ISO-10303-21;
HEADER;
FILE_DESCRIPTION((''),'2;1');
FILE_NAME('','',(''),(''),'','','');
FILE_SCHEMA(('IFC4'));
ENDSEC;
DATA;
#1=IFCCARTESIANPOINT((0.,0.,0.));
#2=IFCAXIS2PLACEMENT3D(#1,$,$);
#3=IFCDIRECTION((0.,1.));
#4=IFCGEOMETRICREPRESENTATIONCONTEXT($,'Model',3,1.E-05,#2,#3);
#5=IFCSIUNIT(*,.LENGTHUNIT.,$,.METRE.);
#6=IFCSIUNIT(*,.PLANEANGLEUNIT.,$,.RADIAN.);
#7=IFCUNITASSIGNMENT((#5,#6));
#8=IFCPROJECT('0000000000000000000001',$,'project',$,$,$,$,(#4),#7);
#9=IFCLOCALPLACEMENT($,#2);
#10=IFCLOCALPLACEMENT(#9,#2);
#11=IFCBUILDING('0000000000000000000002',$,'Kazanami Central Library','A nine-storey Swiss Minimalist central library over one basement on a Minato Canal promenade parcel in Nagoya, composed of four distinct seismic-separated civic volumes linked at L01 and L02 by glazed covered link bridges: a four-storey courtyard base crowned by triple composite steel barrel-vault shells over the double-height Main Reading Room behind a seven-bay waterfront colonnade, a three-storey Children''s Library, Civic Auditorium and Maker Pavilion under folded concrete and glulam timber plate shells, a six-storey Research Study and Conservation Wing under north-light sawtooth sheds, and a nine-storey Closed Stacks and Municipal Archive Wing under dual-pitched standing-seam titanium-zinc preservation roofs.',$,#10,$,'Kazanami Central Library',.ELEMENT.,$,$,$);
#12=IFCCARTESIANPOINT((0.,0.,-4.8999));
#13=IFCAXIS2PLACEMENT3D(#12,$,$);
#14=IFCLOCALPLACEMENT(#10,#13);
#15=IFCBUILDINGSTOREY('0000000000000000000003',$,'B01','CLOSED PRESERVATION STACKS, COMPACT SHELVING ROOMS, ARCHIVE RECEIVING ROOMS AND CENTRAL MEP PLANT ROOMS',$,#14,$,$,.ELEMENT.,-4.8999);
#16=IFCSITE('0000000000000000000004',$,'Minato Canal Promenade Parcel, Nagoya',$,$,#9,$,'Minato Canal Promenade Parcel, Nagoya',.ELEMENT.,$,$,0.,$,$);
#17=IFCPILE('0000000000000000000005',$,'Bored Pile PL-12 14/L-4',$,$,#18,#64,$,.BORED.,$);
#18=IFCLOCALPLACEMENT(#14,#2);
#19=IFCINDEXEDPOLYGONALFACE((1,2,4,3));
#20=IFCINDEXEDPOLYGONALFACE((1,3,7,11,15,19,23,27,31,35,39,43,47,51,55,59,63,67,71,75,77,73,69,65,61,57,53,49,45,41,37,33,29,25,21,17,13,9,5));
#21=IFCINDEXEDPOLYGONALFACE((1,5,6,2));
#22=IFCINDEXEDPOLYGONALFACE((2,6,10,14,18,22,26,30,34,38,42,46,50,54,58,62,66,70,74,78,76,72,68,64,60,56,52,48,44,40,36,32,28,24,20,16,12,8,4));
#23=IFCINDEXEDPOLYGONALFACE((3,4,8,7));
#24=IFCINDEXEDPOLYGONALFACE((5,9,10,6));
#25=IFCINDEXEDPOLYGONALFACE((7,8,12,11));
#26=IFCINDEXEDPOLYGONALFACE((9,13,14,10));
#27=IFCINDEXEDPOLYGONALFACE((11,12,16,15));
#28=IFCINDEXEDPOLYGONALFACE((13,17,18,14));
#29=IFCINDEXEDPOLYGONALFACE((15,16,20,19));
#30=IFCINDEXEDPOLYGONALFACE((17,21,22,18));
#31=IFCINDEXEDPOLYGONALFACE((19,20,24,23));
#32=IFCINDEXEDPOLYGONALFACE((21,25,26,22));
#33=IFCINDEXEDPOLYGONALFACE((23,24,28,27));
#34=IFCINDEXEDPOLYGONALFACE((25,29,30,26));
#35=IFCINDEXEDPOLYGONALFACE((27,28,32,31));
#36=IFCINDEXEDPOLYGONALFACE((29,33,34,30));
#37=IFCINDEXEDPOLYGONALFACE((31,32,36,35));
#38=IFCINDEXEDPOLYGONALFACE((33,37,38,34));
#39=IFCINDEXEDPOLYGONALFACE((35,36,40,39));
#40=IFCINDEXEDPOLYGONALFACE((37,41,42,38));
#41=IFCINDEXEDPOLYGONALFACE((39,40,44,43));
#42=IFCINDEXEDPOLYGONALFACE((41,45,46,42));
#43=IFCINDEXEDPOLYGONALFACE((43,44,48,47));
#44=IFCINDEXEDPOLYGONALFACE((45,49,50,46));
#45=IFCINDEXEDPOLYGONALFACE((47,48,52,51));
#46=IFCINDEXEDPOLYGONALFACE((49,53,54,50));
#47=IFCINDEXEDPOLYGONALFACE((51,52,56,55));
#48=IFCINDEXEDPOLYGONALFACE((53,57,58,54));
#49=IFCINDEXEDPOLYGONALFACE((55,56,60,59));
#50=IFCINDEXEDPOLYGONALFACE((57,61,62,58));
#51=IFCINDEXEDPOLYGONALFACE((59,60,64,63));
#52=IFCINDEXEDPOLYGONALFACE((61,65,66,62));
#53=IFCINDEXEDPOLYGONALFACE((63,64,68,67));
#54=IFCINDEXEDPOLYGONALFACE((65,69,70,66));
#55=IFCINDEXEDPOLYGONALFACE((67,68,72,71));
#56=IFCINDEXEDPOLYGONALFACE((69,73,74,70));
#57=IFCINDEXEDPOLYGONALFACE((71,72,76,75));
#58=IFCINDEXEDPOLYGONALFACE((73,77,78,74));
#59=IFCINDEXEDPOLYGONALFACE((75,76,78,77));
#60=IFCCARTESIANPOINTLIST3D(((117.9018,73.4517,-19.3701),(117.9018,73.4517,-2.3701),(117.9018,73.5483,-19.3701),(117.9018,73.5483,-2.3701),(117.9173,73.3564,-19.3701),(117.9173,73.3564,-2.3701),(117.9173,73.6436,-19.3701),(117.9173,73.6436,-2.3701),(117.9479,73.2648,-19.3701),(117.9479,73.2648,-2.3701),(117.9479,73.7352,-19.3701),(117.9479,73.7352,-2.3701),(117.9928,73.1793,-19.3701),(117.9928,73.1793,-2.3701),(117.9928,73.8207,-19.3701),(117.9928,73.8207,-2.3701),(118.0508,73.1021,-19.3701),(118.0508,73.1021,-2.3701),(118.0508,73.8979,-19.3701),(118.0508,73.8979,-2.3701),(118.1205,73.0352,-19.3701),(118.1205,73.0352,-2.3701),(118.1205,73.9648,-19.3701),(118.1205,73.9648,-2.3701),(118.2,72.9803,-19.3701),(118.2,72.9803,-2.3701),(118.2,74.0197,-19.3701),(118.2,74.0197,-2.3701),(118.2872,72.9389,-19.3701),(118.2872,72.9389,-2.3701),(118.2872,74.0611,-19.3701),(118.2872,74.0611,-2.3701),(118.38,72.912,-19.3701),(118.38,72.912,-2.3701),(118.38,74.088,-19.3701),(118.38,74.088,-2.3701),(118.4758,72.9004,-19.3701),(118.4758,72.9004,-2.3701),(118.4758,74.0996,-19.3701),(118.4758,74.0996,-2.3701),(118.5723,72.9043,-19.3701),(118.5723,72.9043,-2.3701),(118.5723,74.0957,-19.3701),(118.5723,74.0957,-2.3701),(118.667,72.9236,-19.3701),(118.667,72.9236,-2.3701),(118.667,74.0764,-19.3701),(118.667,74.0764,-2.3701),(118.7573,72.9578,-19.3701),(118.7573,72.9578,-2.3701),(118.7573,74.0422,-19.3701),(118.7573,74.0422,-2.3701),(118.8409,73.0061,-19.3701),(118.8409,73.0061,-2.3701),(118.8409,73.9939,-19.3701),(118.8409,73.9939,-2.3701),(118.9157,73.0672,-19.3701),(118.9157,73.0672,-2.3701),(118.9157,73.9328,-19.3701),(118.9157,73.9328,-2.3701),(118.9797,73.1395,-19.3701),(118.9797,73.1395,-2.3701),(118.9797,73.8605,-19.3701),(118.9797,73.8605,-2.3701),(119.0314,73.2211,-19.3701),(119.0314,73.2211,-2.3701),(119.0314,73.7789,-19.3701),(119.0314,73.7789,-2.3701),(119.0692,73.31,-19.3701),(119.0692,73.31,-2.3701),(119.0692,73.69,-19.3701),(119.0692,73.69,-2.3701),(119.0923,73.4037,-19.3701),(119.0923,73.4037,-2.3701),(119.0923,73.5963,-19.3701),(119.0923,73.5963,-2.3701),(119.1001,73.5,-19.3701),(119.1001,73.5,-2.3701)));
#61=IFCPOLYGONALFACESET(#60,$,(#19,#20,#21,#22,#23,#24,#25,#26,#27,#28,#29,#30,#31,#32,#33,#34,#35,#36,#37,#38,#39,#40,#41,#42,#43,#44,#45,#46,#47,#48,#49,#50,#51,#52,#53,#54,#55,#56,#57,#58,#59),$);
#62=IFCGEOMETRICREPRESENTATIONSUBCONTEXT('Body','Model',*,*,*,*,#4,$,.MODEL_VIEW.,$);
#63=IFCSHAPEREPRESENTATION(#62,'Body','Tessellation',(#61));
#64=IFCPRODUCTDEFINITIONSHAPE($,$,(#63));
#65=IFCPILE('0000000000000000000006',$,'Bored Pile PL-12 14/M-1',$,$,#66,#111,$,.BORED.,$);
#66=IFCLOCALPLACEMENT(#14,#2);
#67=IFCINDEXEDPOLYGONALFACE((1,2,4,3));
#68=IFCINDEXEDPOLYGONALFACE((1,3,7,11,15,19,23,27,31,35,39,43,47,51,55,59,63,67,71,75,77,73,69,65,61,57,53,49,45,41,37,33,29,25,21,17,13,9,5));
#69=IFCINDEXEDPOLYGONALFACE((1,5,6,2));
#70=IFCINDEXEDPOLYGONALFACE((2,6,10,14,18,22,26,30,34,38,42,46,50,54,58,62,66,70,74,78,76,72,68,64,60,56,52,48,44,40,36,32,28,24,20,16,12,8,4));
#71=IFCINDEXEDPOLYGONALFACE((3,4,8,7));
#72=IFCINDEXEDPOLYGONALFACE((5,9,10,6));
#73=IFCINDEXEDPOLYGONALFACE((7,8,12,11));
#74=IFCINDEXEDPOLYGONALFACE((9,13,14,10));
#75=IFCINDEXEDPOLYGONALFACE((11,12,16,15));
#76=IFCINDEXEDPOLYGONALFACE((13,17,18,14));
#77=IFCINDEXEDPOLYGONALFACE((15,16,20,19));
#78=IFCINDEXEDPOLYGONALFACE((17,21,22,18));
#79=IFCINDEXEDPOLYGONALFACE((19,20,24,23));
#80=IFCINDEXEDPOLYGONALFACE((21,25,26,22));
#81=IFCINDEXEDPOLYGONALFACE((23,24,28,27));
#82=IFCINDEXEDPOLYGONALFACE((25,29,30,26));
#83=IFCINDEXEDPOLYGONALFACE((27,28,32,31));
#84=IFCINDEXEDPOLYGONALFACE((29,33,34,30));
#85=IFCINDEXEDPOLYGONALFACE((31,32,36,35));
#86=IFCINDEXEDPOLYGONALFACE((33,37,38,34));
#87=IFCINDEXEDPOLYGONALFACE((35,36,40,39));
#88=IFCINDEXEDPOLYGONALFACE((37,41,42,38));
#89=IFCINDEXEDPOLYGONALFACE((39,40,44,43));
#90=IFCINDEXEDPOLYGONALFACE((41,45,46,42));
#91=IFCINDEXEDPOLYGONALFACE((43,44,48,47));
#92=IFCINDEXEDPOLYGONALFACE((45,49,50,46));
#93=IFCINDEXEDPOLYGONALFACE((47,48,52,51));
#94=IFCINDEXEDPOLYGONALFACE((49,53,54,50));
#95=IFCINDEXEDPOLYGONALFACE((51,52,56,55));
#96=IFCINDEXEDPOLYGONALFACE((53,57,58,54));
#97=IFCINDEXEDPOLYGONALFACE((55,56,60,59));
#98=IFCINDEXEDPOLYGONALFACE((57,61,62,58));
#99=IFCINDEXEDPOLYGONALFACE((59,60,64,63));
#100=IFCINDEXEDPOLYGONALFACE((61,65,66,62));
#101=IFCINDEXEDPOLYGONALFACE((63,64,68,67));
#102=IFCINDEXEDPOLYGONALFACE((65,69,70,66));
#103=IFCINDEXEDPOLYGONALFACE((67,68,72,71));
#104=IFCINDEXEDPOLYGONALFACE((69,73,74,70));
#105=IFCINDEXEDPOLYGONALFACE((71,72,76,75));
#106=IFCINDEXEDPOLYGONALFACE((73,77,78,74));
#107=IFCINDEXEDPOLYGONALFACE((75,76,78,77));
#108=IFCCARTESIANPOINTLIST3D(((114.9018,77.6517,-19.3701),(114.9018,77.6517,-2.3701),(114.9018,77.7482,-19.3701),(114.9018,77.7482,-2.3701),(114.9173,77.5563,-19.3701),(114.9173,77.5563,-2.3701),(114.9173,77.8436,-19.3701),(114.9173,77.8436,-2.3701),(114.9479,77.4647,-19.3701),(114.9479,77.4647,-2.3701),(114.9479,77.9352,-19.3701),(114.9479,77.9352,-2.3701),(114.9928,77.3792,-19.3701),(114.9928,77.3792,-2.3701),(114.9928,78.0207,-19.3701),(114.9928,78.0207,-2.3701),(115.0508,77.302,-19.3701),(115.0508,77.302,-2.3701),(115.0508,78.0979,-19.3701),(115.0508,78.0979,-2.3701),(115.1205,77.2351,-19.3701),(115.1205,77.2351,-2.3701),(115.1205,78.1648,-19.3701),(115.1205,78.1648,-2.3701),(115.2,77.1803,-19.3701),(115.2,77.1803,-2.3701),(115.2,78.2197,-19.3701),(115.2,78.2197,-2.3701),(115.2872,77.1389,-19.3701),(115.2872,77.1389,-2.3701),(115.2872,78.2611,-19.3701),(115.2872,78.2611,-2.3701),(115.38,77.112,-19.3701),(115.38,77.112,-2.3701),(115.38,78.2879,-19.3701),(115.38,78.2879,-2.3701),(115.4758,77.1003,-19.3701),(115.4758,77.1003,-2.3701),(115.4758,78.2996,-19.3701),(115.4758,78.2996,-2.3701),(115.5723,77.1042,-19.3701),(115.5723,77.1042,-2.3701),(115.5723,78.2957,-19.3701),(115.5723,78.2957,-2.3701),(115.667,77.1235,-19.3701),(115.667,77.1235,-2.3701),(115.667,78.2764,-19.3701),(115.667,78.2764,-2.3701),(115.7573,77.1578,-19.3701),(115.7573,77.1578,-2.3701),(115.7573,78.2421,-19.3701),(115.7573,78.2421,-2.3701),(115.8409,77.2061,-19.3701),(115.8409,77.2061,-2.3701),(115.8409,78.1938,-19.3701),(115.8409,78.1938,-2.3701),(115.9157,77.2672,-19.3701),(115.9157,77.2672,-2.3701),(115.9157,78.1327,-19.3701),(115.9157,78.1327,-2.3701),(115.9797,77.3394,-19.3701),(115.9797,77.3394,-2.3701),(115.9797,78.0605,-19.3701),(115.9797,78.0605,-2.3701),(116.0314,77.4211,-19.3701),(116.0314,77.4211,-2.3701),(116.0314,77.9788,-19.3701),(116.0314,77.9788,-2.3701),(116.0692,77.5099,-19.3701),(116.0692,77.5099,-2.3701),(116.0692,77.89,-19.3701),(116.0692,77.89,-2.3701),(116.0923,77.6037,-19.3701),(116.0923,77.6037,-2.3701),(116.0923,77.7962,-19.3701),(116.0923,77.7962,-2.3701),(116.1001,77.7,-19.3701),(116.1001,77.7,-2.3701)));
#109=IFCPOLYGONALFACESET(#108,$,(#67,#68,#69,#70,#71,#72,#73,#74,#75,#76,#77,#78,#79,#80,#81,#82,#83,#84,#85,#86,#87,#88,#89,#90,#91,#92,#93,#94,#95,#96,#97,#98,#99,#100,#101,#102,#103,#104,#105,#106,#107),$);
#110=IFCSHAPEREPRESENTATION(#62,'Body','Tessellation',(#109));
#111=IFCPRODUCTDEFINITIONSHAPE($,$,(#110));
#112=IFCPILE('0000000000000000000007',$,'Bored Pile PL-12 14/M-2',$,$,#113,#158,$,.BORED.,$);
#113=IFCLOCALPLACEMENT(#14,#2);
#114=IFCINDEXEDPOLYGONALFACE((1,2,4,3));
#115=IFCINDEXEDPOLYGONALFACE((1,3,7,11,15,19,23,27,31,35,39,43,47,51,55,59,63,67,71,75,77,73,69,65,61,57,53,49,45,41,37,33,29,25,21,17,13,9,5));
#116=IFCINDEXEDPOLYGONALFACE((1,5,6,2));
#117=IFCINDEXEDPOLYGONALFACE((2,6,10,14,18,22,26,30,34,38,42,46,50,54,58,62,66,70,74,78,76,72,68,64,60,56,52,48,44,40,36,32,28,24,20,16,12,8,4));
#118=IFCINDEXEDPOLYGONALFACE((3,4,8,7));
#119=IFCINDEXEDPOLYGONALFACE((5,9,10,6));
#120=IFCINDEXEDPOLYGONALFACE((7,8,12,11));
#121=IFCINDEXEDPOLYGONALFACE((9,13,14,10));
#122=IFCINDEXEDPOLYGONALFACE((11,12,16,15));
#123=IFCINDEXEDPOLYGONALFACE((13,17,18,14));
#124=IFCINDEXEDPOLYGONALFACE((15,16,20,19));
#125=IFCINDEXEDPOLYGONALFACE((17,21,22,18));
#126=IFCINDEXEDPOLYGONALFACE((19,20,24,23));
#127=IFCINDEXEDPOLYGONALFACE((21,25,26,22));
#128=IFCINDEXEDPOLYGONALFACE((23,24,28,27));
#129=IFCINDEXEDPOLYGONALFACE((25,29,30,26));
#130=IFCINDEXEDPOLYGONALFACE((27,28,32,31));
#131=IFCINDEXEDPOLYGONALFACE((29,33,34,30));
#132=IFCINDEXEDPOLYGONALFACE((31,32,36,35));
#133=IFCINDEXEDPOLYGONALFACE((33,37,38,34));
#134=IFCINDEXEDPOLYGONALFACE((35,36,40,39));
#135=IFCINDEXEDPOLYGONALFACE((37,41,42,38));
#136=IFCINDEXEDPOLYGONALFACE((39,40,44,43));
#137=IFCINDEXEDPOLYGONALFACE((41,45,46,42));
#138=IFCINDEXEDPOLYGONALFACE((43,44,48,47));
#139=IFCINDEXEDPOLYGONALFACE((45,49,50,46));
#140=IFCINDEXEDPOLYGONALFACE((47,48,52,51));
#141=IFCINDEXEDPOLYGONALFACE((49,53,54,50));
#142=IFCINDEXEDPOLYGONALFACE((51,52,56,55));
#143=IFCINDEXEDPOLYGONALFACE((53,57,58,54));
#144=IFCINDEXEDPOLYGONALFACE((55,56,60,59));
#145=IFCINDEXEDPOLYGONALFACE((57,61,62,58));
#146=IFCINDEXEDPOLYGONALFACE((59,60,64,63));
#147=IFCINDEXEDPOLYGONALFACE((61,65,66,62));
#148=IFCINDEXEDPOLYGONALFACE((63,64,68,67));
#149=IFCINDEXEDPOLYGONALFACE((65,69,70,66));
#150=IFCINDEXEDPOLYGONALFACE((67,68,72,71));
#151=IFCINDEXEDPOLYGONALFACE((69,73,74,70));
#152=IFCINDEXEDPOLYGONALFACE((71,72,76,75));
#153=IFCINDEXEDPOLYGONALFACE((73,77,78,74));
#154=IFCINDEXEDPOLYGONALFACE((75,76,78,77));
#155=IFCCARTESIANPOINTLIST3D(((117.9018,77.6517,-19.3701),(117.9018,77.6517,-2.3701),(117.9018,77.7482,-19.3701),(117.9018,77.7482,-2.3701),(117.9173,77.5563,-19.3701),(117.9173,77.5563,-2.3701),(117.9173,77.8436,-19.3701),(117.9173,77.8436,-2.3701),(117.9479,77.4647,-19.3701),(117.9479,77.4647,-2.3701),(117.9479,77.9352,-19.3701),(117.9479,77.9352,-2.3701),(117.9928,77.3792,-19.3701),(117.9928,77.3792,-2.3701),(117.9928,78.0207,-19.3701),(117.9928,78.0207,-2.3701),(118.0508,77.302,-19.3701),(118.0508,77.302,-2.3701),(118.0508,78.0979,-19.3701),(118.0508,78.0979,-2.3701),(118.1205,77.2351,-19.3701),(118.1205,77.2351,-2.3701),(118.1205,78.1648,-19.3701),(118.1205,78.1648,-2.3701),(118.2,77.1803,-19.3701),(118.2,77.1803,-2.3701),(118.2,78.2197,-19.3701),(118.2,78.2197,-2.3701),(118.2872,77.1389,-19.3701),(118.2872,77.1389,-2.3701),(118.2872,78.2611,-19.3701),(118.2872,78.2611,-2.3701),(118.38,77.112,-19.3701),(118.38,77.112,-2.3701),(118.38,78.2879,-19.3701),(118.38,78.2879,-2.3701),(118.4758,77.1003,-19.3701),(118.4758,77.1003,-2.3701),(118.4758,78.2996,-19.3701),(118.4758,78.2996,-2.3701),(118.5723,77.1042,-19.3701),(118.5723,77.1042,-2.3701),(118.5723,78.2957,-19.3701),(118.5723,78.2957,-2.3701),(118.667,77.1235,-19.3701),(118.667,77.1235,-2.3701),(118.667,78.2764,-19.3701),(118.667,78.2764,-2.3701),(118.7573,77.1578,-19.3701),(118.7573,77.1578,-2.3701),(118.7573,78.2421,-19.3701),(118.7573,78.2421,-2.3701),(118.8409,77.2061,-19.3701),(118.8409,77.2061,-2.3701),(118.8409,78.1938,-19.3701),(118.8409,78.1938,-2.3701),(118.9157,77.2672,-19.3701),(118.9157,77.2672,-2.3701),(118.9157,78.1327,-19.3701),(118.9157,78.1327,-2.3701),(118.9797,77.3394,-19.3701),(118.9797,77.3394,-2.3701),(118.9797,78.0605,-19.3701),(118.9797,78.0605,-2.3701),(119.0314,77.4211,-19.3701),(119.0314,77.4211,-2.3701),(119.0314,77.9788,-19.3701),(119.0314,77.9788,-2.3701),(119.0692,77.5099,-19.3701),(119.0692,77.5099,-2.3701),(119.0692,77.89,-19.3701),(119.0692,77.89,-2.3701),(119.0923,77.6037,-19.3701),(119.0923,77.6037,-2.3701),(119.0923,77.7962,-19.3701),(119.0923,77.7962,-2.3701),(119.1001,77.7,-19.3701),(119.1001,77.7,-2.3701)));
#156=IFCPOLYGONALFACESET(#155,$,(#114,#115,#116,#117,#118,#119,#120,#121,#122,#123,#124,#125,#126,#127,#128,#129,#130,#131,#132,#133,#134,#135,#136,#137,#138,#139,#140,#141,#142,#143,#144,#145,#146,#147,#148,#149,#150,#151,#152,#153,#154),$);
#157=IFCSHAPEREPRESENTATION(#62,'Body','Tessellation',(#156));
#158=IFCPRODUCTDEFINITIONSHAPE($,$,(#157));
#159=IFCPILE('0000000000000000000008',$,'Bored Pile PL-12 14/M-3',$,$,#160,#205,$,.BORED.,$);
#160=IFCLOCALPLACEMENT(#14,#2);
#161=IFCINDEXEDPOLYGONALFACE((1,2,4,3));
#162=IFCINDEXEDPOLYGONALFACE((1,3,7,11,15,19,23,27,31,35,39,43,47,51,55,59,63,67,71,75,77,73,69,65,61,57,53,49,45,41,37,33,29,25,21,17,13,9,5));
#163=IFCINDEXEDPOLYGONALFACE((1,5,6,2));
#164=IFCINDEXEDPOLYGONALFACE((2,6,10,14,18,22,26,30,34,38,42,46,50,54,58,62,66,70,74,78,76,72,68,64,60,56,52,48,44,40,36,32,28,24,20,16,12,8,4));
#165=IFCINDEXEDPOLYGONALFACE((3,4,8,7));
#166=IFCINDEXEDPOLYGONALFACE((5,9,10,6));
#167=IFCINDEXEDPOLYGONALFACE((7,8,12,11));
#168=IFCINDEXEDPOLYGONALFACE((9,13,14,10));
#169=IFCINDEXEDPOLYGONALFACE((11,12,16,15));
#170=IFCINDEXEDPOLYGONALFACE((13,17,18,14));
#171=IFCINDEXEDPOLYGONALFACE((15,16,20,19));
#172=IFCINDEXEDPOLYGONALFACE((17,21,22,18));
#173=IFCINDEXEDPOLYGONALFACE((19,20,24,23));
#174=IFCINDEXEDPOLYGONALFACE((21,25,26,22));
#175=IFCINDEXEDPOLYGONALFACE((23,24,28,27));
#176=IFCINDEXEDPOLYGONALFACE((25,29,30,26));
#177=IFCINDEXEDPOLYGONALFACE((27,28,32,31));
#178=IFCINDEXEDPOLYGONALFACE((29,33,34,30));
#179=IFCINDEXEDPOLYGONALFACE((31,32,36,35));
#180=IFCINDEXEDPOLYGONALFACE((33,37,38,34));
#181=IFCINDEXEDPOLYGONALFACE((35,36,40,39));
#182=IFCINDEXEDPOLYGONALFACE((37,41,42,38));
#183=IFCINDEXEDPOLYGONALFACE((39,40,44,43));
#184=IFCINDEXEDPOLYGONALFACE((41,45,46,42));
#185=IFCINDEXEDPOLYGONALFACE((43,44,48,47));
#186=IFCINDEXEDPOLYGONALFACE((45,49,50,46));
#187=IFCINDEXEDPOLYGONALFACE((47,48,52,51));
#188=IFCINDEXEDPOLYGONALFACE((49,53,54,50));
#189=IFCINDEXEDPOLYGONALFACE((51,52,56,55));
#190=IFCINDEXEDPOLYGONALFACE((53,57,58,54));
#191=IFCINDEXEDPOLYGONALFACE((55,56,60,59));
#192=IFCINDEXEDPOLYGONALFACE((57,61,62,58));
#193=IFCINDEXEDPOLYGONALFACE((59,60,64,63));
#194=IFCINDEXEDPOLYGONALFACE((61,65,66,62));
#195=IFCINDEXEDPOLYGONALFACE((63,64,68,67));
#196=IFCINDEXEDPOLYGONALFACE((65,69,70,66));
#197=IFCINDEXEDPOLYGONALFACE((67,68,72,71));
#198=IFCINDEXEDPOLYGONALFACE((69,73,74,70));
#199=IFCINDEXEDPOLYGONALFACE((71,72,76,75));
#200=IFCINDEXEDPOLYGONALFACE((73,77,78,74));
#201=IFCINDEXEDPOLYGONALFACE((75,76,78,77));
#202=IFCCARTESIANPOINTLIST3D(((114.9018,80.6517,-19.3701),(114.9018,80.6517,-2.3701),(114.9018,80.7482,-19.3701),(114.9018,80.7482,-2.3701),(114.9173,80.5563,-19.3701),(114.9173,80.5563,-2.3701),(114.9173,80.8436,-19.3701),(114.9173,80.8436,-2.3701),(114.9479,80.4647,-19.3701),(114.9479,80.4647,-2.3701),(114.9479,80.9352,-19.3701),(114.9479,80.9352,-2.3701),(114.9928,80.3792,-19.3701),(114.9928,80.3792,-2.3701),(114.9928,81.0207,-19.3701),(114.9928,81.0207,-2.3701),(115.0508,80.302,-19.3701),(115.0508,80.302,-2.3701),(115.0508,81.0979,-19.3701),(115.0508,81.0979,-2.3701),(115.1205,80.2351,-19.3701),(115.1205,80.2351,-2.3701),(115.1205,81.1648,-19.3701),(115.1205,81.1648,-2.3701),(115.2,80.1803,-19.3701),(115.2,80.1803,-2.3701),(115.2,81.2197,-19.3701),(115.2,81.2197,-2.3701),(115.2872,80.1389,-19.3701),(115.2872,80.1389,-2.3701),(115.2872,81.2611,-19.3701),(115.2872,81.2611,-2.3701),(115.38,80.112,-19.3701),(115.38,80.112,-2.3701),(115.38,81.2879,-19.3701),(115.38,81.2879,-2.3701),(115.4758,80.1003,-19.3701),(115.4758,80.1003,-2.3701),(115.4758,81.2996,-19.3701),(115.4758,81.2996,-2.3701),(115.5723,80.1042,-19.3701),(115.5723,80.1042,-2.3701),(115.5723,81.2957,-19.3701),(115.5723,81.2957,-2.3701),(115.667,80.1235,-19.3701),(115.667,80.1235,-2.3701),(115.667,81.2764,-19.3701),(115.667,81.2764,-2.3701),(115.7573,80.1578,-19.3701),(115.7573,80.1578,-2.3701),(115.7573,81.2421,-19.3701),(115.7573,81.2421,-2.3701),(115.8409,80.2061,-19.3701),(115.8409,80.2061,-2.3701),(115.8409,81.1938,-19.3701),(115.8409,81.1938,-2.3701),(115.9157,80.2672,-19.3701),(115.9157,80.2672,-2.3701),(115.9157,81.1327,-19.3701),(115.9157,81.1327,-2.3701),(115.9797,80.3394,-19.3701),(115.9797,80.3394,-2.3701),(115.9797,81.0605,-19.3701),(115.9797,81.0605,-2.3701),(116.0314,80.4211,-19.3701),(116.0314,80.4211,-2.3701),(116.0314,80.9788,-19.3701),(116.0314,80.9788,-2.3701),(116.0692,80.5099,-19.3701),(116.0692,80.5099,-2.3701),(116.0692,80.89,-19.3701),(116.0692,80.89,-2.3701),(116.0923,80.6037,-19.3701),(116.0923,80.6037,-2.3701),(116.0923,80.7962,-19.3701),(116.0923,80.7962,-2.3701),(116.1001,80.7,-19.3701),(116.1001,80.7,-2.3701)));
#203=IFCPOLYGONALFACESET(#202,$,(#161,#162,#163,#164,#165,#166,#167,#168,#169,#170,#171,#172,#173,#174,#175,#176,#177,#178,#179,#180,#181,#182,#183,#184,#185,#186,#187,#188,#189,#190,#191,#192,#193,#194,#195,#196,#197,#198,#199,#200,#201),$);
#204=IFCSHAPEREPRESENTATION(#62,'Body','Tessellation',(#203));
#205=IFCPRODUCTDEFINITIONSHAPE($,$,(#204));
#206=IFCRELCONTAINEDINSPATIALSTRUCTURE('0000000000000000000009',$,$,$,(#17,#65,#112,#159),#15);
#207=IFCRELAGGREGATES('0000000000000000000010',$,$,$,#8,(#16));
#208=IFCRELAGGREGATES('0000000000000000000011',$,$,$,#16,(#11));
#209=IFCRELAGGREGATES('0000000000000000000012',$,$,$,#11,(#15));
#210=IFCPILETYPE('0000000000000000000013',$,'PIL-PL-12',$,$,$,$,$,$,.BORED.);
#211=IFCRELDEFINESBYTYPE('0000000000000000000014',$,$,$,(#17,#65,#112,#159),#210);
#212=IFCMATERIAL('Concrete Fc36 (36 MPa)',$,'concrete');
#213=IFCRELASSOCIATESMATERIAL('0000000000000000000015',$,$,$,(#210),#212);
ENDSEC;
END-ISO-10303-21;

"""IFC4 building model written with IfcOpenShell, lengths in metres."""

from ifc_helpers import new_model, si_unit, direction, frame, origin, origin_2d, place, context, subcontext, project, spatial, circle, extrude, material, material_profile, profile_set, type_object, element, save


model = new_model("IFC4")

# Units and contexts
model_context = context("Model", 3, precision=1e-05, world=origin(), true_north=direction((0.0, 1.0)))
body_context = subcontext(model_context, "Body", "Model", "MODEL_VIEW")
ifc_project = project(units=[si_unit("LENGTHUNIT", "METRE"), si_unit("PLANEANGLEUNIT", "RADIAN")], contexts=[model_context])

# Site, building, storey
site_placement = place(None, origin())
site = spatial("IfcSite", under=ifc_project, at=site_placement, Name="Minato Canal Promenade Parcel, Nagoya", LongName="Minato Canal Promenade Parcel, Nagoya", CompositionType="ELEMENT", RefElevation=0.0)
building_placement = place(site_placement, origin())
building = spatial("IfcBuilding", under=site, at=building_placement, Name="Kazanami Central Library", Description="A nine-storey Swiss Minimalist central library over one basement on a Minato Canal promenade parcel in Nagoya, composed of four distinct seismic-separated civic volumes linked at L01 and L02 by glazed covered link bridges: a four-storey courtyard base crowned by triple composite steel barrel-vault shells over the double-height Main Reading Room behind a seven-bay waterfront colonnade, a three-storey Children's Library, Civic Auditorium and Maker Pavilion under folded concrete and glulam timber plate shells, a six-storey Research Study and Conservation Wing under north-light sawtooth sheds, and a nine-storey Closed Stacks and Municipal Archive Wing under dual-pitched standing-seam titanium-zinc preservation roofs.", LongName="Kazanami Central Library", CompositionType="ELEMENT")
storey_placement = place(building_placement, frame((0.0, 0.0, -4.8999)))
storey = spatial("IfcBuildingStorey", under=building, at=storey_placement, Name="B01", Description="CLOSED PRESERVATION STACKS, COMPACT SHELVING ROOMS, ARCHIVE RECEIVING ROOMS AND CENTRAL MEP PLANT ROOMS", CompositionType="ELEMENT", Elevation=-4.8999)

# Shared definitions
ifc_material_1 = material(Name="Concrete Fc36 (36 MPa)", Category="concrete")

# Piles
ifc_material_profile_1 = material_profile(ifc_material_1, circle(Radius=0.6001, at=origin_2d()), Name="BORED-D1200")
ifc_profile_set_1 = profile_set([ifc_material_profile_1], Name="Concrete Fc36 (36 MPa)")
pile_type = type_object("IfcPileType", Name="PIL-PL-12", PredefinedType="BORED", material=ifc_profile_set_1)
for number, where, z_axis, x_axis, name in (
    (1, (118.5, 73.5, -2.3701), (0.0, 0.0, -1.0), (1.0, 0.0, 0.0), "Bored Pile PL-12 14/L-4"),
    (2, (115.5, 77.7, -2.3701), (0.0, 0.0, -1.0), (1.0, 0.0, 0.0), "Bored Pile PL-12 14/M-1"),
    (3, (118.5, 77.7, -2.3701), (0.0, 0.0, -1.0), (1.0, 0.0, 0.0), "Bored Pile PL-12 14/M-2"),
    (4, (115.5, 80.7, -2.3701), (0.0, 0.0, -1.0), (1.0, 0.0, 0.0), "Bored Pile PL-12 14/M-3"),
):
    element("IfcPile", number, at=place(storey_placement, frame(where, z_axis=z_axis, x_axis=x_axis)), inside=storey, type_object=pile_type, Name=name, PredefinedType="BORED", context=body_context, shape_type="SweptSolid", body=[
        extrude(circle(Radius=0.6001, at=origin_2d()), origin(), (0.0, 0.0, 1.0), 17.0),
    ])

save(model, "model.ifc")
